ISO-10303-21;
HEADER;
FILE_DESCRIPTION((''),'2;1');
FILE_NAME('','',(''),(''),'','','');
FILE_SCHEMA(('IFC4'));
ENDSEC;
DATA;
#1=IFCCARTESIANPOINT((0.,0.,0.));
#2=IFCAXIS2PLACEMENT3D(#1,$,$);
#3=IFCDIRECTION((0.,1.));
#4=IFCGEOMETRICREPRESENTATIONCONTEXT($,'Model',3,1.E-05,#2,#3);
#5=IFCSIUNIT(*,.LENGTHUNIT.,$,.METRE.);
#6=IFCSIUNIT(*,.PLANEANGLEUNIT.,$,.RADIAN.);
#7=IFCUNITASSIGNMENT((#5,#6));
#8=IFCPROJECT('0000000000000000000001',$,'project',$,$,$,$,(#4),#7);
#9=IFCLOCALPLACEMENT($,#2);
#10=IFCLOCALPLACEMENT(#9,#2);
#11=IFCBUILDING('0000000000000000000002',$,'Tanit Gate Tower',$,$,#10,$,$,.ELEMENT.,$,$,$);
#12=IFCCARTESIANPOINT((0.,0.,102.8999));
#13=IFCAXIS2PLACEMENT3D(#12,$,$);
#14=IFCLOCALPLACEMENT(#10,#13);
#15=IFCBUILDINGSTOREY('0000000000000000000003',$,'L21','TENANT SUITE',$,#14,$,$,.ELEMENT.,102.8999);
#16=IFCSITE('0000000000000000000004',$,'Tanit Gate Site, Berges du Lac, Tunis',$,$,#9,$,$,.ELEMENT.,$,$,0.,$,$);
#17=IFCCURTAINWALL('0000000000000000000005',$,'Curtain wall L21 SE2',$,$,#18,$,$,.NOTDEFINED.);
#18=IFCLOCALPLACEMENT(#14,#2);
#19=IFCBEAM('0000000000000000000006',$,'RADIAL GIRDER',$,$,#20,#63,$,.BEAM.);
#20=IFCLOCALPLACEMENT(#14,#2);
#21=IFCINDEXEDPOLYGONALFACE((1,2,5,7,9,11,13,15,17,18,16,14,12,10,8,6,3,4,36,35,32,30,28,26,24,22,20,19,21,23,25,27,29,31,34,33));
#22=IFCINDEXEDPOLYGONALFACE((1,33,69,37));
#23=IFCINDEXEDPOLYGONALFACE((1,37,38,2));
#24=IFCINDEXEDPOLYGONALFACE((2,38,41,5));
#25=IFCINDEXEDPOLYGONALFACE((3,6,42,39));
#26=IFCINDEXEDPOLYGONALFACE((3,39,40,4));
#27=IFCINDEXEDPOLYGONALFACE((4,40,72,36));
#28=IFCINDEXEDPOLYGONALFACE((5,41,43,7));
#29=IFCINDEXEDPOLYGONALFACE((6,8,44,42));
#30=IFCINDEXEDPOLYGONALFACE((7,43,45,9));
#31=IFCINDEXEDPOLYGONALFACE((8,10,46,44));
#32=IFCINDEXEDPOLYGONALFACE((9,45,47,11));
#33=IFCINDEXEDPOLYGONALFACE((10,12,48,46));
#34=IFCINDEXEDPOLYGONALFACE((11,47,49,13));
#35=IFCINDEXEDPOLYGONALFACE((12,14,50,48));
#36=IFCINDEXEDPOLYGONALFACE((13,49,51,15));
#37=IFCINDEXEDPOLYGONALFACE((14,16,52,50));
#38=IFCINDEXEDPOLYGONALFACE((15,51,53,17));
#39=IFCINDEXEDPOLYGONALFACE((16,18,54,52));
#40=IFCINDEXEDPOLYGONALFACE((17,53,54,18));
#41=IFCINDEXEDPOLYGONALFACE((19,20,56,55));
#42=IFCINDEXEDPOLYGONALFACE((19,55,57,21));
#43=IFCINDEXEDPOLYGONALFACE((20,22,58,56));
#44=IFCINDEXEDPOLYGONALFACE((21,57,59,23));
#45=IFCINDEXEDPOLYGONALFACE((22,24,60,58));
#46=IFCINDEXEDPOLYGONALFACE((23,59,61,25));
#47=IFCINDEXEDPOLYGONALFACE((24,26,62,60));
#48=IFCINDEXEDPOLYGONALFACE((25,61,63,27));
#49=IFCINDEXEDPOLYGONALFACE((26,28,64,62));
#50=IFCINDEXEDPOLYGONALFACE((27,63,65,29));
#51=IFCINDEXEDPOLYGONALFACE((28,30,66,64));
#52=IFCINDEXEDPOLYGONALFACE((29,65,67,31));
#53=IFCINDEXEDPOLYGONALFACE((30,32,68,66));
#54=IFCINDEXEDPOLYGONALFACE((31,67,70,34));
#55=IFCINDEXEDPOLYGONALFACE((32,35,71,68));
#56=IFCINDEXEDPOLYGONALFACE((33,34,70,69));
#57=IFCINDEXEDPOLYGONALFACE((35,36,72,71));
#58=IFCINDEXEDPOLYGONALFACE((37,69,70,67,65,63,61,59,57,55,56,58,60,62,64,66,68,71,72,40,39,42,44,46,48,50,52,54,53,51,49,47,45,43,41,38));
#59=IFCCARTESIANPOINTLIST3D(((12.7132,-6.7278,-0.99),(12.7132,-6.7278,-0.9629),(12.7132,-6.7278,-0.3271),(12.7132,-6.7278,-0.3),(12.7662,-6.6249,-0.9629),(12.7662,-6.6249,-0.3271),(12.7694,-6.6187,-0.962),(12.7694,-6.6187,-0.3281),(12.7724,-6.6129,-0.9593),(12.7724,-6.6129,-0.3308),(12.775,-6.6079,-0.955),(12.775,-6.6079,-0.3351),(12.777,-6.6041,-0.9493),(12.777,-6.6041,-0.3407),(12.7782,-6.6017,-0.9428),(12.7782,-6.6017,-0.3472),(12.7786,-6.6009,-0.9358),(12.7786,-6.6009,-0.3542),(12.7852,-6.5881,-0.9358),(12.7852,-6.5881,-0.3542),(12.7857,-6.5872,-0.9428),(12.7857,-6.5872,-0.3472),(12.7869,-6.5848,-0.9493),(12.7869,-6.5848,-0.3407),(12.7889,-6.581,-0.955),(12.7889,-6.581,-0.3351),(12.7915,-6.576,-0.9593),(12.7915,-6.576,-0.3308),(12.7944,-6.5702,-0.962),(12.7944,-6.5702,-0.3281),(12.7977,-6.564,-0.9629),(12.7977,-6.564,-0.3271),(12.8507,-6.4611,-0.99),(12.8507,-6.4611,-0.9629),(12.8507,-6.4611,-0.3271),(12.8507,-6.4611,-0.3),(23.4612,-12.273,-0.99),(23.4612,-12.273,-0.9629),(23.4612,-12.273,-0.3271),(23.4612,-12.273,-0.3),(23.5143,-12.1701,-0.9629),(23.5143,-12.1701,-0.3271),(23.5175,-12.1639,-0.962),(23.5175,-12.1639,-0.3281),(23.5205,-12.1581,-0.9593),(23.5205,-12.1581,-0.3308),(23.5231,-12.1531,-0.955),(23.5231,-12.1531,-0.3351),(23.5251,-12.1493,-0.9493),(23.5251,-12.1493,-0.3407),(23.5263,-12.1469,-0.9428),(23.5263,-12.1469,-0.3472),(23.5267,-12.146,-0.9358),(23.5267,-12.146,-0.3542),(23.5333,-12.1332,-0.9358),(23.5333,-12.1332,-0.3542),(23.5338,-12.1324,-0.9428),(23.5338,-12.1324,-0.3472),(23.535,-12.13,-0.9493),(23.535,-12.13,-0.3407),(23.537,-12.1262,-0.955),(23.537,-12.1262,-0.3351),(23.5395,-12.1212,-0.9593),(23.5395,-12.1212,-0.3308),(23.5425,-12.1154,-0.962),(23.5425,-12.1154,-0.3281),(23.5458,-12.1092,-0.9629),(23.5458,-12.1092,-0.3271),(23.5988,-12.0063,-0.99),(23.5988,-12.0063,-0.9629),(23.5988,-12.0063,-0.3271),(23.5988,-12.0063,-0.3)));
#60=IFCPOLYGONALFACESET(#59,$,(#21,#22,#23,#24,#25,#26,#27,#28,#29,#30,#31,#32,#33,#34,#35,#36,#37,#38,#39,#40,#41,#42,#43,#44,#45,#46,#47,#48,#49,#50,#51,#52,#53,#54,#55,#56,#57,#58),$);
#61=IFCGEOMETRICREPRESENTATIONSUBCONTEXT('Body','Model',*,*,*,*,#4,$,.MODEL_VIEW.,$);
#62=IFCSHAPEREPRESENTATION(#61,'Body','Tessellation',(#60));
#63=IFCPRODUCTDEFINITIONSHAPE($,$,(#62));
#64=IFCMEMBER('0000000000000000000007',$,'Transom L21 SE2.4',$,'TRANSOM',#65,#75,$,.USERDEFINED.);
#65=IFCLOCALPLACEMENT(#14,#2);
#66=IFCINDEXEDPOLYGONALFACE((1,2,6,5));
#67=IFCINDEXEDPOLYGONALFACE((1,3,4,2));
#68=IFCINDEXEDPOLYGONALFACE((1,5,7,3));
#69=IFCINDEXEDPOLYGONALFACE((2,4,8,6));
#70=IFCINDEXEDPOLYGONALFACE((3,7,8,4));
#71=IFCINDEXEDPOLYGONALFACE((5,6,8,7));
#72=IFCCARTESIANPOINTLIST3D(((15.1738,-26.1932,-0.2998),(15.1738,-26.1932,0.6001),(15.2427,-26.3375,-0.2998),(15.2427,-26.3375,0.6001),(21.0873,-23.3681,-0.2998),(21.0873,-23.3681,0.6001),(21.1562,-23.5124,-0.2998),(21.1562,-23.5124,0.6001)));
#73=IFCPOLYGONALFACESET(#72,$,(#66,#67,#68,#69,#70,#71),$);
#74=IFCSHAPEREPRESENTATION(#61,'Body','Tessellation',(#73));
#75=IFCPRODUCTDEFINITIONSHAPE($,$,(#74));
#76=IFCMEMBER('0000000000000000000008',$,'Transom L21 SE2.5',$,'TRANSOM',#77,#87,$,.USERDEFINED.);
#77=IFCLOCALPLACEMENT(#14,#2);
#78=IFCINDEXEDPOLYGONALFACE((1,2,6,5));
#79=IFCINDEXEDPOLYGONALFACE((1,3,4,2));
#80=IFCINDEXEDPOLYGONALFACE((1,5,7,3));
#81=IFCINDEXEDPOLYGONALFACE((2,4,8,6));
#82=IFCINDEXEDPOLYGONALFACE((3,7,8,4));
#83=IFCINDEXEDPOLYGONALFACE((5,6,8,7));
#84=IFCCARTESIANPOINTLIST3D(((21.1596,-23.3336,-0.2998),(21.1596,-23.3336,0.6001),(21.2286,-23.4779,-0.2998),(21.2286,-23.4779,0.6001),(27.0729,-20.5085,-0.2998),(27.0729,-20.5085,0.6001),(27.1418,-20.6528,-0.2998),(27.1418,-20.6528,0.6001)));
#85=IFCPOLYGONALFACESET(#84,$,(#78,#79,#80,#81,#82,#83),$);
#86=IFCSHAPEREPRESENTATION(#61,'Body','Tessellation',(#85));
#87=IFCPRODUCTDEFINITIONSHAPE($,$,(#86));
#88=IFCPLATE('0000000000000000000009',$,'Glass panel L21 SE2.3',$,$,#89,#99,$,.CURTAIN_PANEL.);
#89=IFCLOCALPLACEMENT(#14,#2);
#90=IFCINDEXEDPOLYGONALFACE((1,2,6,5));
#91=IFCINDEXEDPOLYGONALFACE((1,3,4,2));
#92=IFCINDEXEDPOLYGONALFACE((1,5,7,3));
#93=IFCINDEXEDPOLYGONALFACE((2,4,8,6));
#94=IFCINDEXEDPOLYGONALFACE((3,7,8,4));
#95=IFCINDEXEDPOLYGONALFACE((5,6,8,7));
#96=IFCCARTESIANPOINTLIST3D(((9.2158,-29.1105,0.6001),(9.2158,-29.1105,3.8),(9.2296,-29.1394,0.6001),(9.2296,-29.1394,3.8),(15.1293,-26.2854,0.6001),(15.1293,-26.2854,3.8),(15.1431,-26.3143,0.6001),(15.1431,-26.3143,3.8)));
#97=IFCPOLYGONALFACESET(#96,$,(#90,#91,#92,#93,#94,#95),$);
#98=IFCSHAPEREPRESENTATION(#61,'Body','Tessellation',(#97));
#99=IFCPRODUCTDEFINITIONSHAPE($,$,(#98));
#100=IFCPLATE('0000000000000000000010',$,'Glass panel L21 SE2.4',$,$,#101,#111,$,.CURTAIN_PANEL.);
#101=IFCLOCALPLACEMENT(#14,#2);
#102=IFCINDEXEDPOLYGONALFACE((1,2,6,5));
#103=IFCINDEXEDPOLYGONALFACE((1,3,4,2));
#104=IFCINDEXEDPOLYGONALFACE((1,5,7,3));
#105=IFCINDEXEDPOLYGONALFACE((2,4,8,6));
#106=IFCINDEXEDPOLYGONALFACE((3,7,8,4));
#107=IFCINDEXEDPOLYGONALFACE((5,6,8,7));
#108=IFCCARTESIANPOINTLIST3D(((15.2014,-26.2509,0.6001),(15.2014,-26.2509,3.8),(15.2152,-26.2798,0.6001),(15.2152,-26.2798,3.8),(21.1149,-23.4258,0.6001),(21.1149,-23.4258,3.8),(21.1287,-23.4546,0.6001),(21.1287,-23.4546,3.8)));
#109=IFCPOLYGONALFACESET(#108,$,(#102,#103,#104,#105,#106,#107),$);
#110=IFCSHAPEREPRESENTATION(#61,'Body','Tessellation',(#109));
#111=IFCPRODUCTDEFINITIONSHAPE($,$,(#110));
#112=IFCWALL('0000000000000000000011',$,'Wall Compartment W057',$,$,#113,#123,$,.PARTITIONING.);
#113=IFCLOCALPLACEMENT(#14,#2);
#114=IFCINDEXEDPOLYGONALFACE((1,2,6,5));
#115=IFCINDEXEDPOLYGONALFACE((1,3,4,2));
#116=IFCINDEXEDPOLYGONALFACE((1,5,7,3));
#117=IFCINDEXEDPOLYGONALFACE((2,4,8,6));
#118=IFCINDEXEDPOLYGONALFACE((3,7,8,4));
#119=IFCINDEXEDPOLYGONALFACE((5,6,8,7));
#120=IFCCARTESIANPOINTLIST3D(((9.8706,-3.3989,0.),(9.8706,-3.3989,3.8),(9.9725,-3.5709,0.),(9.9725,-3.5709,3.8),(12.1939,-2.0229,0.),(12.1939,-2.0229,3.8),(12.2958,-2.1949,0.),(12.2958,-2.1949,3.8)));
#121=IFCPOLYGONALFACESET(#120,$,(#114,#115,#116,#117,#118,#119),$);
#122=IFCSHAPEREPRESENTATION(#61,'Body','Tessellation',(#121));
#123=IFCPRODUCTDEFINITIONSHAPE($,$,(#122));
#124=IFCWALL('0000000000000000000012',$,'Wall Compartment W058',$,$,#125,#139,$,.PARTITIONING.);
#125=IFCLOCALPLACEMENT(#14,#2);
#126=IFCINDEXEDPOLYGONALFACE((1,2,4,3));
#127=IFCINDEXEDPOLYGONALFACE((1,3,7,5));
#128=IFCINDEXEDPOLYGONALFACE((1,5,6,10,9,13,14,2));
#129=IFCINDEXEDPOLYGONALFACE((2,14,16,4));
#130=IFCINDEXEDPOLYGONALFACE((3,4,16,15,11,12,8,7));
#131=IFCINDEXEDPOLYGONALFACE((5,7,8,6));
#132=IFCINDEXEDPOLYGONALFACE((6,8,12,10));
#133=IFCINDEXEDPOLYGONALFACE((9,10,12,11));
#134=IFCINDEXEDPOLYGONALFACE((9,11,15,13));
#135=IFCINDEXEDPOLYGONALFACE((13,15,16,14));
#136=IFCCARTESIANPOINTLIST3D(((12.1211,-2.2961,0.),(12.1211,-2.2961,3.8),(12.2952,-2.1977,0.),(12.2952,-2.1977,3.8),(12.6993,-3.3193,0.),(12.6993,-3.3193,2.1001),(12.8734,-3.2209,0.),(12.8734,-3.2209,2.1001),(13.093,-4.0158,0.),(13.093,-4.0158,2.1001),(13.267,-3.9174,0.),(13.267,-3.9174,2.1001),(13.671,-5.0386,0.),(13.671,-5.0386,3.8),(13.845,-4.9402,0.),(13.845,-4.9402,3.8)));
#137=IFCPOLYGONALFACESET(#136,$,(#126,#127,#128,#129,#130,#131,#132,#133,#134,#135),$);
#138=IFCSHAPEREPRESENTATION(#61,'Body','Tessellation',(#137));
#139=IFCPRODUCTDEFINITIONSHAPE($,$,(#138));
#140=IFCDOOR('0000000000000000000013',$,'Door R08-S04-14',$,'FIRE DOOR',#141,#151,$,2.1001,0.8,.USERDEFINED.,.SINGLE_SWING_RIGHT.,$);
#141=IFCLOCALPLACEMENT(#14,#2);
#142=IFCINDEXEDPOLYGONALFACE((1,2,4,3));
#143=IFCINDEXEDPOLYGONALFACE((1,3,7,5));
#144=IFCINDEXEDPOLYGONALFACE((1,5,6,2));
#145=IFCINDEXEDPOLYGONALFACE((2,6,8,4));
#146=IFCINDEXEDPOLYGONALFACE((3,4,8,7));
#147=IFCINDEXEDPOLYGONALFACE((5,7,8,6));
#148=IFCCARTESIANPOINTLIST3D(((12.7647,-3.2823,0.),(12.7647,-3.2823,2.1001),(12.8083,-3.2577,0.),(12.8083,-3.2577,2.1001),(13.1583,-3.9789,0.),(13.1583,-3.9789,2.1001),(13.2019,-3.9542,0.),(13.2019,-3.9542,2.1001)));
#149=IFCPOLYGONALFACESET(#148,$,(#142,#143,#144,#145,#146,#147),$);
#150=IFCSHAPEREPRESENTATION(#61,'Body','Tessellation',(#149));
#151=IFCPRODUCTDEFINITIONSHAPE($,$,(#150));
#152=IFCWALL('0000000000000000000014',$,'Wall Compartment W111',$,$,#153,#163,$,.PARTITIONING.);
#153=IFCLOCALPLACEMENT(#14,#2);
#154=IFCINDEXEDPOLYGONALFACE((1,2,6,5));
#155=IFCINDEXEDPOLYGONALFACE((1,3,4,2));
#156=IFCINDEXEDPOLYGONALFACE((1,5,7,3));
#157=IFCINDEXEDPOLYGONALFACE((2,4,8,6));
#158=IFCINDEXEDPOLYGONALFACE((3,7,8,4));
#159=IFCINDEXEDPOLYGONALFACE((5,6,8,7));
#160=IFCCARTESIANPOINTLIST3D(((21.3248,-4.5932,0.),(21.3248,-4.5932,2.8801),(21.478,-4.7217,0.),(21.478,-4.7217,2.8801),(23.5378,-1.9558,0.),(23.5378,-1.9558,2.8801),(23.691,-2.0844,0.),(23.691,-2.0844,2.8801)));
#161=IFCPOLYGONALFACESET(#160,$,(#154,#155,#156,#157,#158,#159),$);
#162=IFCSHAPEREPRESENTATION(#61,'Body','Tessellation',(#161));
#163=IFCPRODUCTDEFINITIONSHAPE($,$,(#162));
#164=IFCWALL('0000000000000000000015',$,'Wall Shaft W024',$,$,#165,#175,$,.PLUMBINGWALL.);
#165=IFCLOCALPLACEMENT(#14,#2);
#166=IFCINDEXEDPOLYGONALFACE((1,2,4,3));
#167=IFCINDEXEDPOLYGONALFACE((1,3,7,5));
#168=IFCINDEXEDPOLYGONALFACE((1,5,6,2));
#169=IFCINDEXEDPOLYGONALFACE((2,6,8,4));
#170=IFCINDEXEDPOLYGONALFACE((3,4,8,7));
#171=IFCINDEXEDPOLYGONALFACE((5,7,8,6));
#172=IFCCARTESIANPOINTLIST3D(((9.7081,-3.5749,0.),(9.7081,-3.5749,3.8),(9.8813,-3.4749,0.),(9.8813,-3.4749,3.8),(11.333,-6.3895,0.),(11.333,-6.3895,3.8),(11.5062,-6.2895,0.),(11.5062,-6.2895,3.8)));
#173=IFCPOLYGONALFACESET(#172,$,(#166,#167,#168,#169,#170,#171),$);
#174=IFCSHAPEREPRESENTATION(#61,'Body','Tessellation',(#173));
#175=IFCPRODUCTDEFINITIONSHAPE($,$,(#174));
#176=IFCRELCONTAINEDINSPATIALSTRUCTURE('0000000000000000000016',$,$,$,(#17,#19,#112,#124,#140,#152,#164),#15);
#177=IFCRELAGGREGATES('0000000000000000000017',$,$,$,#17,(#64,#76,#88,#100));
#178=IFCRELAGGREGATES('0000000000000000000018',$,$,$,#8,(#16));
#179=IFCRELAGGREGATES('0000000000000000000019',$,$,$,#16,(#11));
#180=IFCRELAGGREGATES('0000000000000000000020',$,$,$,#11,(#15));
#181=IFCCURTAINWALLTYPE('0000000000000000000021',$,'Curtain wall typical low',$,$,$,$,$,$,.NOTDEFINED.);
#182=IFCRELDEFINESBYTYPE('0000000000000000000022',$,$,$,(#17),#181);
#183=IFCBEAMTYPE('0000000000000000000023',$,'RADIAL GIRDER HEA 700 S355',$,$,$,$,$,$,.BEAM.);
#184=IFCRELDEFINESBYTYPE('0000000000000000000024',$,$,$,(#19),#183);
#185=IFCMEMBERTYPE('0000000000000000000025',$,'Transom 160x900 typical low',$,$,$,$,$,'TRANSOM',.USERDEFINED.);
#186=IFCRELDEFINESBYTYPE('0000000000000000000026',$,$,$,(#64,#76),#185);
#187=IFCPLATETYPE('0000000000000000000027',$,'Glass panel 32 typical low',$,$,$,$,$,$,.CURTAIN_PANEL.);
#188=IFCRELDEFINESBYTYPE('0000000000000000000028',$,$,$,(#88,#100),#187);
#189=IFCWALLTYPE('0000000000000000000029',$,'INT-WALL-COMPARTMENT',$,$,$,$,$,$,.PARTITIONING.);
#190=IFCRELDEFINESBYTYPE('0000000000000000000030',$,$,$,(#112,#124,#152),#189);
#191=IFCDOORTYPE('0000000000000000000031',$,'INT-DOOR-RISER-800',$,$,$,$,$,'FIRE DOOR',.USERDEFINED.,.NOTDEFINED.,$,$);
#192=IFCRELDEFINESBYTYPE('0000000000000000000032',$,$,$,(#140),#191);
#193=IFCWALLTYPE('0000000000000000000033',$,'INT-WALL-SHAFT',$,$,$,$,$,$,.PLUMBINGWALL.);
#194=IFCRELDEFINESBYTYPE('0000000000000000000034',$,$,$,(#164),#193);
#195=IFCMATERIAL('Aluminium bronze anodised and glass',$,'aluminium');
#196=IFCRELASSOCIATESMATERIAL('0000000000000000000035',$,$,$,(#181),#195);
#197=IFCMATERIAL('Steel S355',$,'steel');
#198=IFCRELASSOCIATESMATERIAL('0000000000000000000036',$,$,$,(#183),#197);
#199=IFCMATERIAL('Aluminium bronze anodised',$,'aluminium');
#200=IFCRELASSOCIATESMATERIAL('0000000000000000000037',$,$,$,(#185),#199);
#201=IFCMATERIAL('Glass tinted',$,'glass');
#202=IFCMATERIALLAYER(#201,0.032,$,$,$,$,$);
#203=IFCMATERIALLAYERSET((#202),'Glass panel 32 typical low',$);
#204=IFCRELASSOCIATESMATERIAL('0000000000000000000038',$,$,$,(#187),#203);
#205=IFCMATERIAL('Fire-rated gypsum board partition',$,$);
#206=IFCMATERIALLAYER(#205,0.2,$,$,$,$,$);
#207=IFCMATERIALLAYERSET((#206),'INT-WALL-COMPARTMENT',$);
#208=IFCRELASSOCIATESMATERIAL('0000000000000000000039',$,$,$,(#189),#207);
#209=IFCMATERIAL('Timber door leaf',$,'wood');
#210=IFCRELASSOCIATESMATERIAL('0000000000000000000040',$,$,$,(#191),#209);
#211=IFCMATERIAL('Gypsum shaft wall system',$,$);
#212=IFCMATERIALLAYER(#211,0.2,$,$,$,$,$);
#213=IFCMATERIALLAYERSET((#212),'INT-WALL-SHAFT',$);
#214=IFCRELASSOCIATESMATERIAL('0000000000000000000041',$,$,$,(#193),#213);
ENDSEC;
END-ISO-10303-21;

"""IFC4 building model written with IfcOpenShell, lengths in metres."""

from ifc_helpers import new_model, si_unit, direction, frame, frame_2d, origin, origin_2d, place, context, subcontext, project, spatial, rectangle, i_section, extrude, material, layer, layer_set, material_profile, profile_set, type_object, element, fill, aggregate, save


model = new_model("IFC4")

# Units and contexts
model_context = context("Model", 3, precision=1e-05, world=origin(), true_north=direction((0.0, 1.0)))
body_context = subcontext(model_context, "Body", "Model", "MODEL_VIEW")
ifc_project = project(units=[si_unit("LENGTHUNIT", "METRE"), si_unit("PLANEANGLEUNIT", "RADIAN")], contexts=[model_context])

# Site, building, storey
site_placement = place(None, origin())
site = spatial("IfcSite", under=ifc_project, at=site_placement, Name="Tanit Gate Site, Berges du Lac, Tunis", CompositionType="ELEMENT", RefElevation=0.0)
building_placement = place(site_placement, origin())
building = spatial("IfcBuilding", under=site, at=building_placement, Name="Tanit Gate Tower", CompositionType="ELEMENT")
storey_placement = place(building_placement, frame((0.0, 0.0, 102.8999)))
storey = spatial("IfcBuildingStorey", under=building, at=storey_placement, Name="L21", Description="TENANT SUITE", CompositionType="ELEMENT", Elevation=102.8999)

# Curtain wall
ifc_material_1 = material(Name="Aluminium bronze anodised and glass", Category="aluminium")
curtain_wall_type = type_object("IfcCurtainWallType", Name="Curtain wall typical low", PredefinedType="NOTDEFINED", material=ifc_material_1)
curtain_wall_placement = place(storey_placement, origin())
curtain_wall = element("IfcCurtainWall", 1, at=curtain_wall_placement, inside=storey, type_object=curtain_wall_type, Name="Curtain wall L21 SE2", PredefinedType="NOTDEFINED")

# Beam
ifc_material_2 = material(Name="Steel S355", Category="steel")
ifc_material_profile_1 = material_profile(ifc_material_2, i_section(OverallWidth=0.3, OverallDepth=0.6899, WebThickness=0.0144, FlangeThickness=0.0271, FilletRadius=0.0271, at=origin_2d()), Name="HEA 700")
ifc_profile_set_1 = profile_set([ifc_material_profile_1], Name="Steel S355")
beam_type = type_object("IfcBeamType", Name="RADIAL GIRDER HEA 700 S355", PredefinedType="BEAM", material=ifc_profile_set_1)
beam_1_placement = place(storey_placement, frame((23.53, -12.1396, -0.645), z_axis=(-0.888695, 0.458498, 0.0), x_axis=(-0.458498, -0.888695, 0.0)))
element("IfcBeam", 2, at=beam_1_placement, inside=storey, type_object=beam_type, Name="RADIAL GIRDER", PredefinedType="BEAM", context=body_context, shape_type="SweptSolid", body=[
    extrude(i_section(OverallWidth=0.3, OverallDepth=0.6899, WebThickness=0.0144, FlangeThickness=0.0271, FilletRadius=0.0271, at=origin_2d()), origin(), (0.0, 0.0, 1.0), 12.0942),
])

# Members
ifc_material_3 = material(Name="Aluminium bronze anodised", Category="aluminium")
ifc_material_profile_2 = material_profile(ifc_material_3, rectangle(XDim=0.1599, YDim=0.8999, at=origin_2d()), Name="160x900 bronze transom")
ifc_profile_set_2 = profile_set([ifc_material_profile_2], Name="Aluminium bronze anodised")
member_type_1 = type_object("IfcMemberType", Name="Transom 160x900 typical low", ElementType="TRANSOM", PredefinedType="USERDEFINED", material=ifc_profile_set_2)
member_1_placement = place(storey_placement, frame((15.2083, -26.2654, 0.1501), z_axis=(0.902314, 0.431078, 0.0), x_axis=(-0.431078, 0.902314, 0.0)))
member_1 = element("IfcMember", 3, at=member_1_placement, type_object=member_type_1, Name="Transom L21 SE2.4", ObjectType="TRANSOM", PredefinedType="USERDEFINED", context=body_context, shape_type="SweptSolid", body=[
    extrude(rectangle(XDim=0.1599, YDim=0.8999, at=origin_2d()), origin(), (0.0, 0.0, 1.0), 6.5537),
])
member_2_placement = place(storey_placement, frame((21.1941, -23.4058, 0.1501), z_axis=(0.902308, 0.431093, 0.0), x_axis=(-0.431093, 0.902308, 0.0)))
member_2 = element("IfcMember", 4, at=member_2_placement, type_object=member_type_1, Name="Transom L21 SE2.5", ObjectType="TRANSOM", PredefinedType="USERDEFINED", context=body_context, shape_type="SweptSolid", body=[
    extrude(rectangle(XDim=0.1599, YDim=0.8999, at=origin_2d()), origin(), (0.0, 0.0, 1.0), 6.5535),
])

# Plates
ifc_material_4 = material(Name="Glass tinted", Category="glass")
ifc_layer_1 = layer(ifc_material_4, 0.032)
ifc_layer_set_1 = layer_set([ifc_layer_1], Name="Glass panel 32 typical low")
plate_type = type_object("IfcPlateType", Name="Glass panel 32 typical low", PredefinedType="CURTAIN_PANEL", material=ifc_layer_set_1)
plate_1_placement = place(storey_placement, frame((12.1794, -27.7124, 0.6001), z_axis=(0.0, 0.0, 1.0), x_axis=(0.902317, 0.431073, 0.0)))
plate_1 = element("IfcPlate", 5, at=plate_1_placement, type_object=plate_type, Name="Glass panel L21 SE2.3", PredefinedType="CURTAIN_PANEL", context=body_context, shape_type="SweptSolid", body=[
    extrude(rectangle(XDim=6.5537, YDim=0.032, at=origin_2d()), origin(), (0.0, 0.0, 1.0), 3.2),
])
plate_2_placement = place(storey_placement, frame((18.165, -24.8528, 0.6001), z_axis=(0.0, 0.0, 1.0), x_axis=(0.902317, 0.431073, 0.0)))
plate_2 = element("IfcPlate", 6, at=plate_2_placement, type_object=plate_type, Name="Glass panel L21 SE2.4", PredefinedType="CURTAIN_PANEL", context=body_context, shape_type="SweptSolid", body=[
    extrude(rectangle(XDim=6.5537, YDim=0.032, at=origin_2d()), origin(), (0.0, 0.0, 1.0), 3.2),
])
aggregate(curtain_wall, [member_1, member_2, plate_1, plate_2])

# Wall
ifc_material_5 = material(Name="Fire-rated gypsum board partition")
ifc_layer_2 = layer(ifc_material_5, 0.2)
ifc_layer_set_2 = layer_set([ifc_layer_2], Name="INT-WALL-COMPARTMENT")
wall_type_1 = type_object("IfcWallType", Name="INT-WALL-COMPARTMENT", PredefinedType="PARTITIONING", material=ifc_layer_set_2)
wall_1_placement = place(storey_placement, frame((12.2449, -2.1089, 0.0), z_axis=(0.0, 0.0, 1.0), x_axis=(-0.860415, -0.509594, 0.0)))
element("IfcWall", 7, at=wall_1_placement, inside=storey, type_object=wall_type_1, Name="Wall Compartment W057", PredefinedType="PARTITIONING", context=body_context, shape_type="SweptSolid", body=[
    extrude(rectangle(XDim=2.7002, YDim=0.2, at=frame_2d((1.3501, 0.0))), origin(), (0.0, 0.0, 1.0), 3.8),
])

# Wall, opening, door
wall_2_placement = place(storey_placement, frame((13.7581, -4.9895, 0.0), z_axis=(0.0, 0.0, 1.0), x_axis=(-0.491993, 0.870599, 0.0)))
wall_2 = element("IfcWall", 8, at=wall_2_placement, inside=storey, type_object=wall_type_1, Name="Wall Compartment W058", PredefinedType="PARTITIONING", context=body_context, shape_type="SweptSolid", body=[
    extrude(rectangle(XDim=3.1501, YDim=0.2, at=frame_2d((1.5752, 0.0))), origin(), (0.0, 0.0, 1.0), 3.8),
])
opening_1_placement = place(wall_2_placement, frame((1.175, 0.0, 0.0)))
opening_1 = element("IfcOpeningElement", 9, at=opening_1_placement, cuts=wall_2, PredefinedType="OPENING", context=body_context, shape_type="SweptSolid", body=[
    extrude(rectangle(XDim=0.8, YDim=2.1001, at=frame_2d((0.3999, 1.05))), frame((0.0, 0.1099, 0.0), z_axis=(0.0, -1.0, 0.0), x_axis=(1.0, 0.0, 0.0)), (0.0, 0.0, 1.0), 0.22),
])
ifc_material_6 = material(Name="Timber door leaf", Category="wood")
door_type_1 = type_object("IfcDoorType", Name="INT-DOOR-RISER-800", ElementType="FIRE DOOR", OperationType="NOTDEFINED", PredefinedType="USERDEFINED", material=ifc_material_6)
door_1_placement = place(opening_1_placement, origin())
door_1 = element("IfcDoor", 10, at=door_1_placement, inside=storey, type_object=door_type_1, Name="Door R08-S04-14", ObjectType="FIRE DOOR", OperationType="SINGLE_SWING_RIGHT", OverallHeight=2.1001, OverallWidth=0.8, PredefinedType="USERDEFINED", context=body_context, shape_type="SweptSolid", body=[
    extrude(rectangle(XDim=0.8, YDim=2.1001, at=frame_2d((0.3999, 1.05))), frame((0.0, 0.0249, 0.0), z_axis=(0.0, -1.0, 0.0), x_axis=(1.0, 0.0, 0.0)), (0.0, 0.0, 1.0), 0.05),
])
fill(opening_1, door_1)

# Walls
wall_3_placement = place(storey_placement, frame((21.4014, -4.6575, 0.0), z_axis=(0.0, 0.0, 1.0), x_axis=(0.642796, 0.766037, 0.0)))
element("IfcWall", 11, at=wall_3_placement, inside=storey, type_object=wall_type_1, Name="Wall Compartment W111", PredefinedType="PARTITIONING", context=body_context, shape_type="SweptSolid", body=[
    extrude(rectangle(XDim=3.4429, YDim=0.2, at=frame_2d((1.7214, 0.0))), origin(), (0.0, 0.0, 1.0), 2.8801),
])
ifc_material_7 = material(Name="Gypsum shaft wall system")
ifc_layer_3 = layer(ifc_material_7, 0.2)
ifc_layer_set_3 = layer_set([ifc_layer_3], Name="INT-WALL-SHAFT")
wall_type_2 = type_object("IfcWallType", Name="INT-WALL-SHAFT", PredefinedType="PLUMBINGWALL", material=ifc_layer_set_3)
wall_4_placement = place(storey_placement, frame((9.7947, -3.5249, 0.0), z_axis=(0.0, 0.0, 1.0), x_axis=(0.499985, -0.866034, 0.0)))
element("IfcWall", 12, at=wall_4_placement, inside=storey, type_object=wall_type_2, Name="Wall Shaft W024", PredefinedType="PLUMBINGWALL", context=body_context, shape_type="SweptSolid", body=[
    extrude(rectangle(XDim=3.25, YDim=0.2, at=frame_2d((1.625, 0.0))), origin(), (0.0, 0.0, 1.0), 3.8),
])

save(model, "model.ifc")
